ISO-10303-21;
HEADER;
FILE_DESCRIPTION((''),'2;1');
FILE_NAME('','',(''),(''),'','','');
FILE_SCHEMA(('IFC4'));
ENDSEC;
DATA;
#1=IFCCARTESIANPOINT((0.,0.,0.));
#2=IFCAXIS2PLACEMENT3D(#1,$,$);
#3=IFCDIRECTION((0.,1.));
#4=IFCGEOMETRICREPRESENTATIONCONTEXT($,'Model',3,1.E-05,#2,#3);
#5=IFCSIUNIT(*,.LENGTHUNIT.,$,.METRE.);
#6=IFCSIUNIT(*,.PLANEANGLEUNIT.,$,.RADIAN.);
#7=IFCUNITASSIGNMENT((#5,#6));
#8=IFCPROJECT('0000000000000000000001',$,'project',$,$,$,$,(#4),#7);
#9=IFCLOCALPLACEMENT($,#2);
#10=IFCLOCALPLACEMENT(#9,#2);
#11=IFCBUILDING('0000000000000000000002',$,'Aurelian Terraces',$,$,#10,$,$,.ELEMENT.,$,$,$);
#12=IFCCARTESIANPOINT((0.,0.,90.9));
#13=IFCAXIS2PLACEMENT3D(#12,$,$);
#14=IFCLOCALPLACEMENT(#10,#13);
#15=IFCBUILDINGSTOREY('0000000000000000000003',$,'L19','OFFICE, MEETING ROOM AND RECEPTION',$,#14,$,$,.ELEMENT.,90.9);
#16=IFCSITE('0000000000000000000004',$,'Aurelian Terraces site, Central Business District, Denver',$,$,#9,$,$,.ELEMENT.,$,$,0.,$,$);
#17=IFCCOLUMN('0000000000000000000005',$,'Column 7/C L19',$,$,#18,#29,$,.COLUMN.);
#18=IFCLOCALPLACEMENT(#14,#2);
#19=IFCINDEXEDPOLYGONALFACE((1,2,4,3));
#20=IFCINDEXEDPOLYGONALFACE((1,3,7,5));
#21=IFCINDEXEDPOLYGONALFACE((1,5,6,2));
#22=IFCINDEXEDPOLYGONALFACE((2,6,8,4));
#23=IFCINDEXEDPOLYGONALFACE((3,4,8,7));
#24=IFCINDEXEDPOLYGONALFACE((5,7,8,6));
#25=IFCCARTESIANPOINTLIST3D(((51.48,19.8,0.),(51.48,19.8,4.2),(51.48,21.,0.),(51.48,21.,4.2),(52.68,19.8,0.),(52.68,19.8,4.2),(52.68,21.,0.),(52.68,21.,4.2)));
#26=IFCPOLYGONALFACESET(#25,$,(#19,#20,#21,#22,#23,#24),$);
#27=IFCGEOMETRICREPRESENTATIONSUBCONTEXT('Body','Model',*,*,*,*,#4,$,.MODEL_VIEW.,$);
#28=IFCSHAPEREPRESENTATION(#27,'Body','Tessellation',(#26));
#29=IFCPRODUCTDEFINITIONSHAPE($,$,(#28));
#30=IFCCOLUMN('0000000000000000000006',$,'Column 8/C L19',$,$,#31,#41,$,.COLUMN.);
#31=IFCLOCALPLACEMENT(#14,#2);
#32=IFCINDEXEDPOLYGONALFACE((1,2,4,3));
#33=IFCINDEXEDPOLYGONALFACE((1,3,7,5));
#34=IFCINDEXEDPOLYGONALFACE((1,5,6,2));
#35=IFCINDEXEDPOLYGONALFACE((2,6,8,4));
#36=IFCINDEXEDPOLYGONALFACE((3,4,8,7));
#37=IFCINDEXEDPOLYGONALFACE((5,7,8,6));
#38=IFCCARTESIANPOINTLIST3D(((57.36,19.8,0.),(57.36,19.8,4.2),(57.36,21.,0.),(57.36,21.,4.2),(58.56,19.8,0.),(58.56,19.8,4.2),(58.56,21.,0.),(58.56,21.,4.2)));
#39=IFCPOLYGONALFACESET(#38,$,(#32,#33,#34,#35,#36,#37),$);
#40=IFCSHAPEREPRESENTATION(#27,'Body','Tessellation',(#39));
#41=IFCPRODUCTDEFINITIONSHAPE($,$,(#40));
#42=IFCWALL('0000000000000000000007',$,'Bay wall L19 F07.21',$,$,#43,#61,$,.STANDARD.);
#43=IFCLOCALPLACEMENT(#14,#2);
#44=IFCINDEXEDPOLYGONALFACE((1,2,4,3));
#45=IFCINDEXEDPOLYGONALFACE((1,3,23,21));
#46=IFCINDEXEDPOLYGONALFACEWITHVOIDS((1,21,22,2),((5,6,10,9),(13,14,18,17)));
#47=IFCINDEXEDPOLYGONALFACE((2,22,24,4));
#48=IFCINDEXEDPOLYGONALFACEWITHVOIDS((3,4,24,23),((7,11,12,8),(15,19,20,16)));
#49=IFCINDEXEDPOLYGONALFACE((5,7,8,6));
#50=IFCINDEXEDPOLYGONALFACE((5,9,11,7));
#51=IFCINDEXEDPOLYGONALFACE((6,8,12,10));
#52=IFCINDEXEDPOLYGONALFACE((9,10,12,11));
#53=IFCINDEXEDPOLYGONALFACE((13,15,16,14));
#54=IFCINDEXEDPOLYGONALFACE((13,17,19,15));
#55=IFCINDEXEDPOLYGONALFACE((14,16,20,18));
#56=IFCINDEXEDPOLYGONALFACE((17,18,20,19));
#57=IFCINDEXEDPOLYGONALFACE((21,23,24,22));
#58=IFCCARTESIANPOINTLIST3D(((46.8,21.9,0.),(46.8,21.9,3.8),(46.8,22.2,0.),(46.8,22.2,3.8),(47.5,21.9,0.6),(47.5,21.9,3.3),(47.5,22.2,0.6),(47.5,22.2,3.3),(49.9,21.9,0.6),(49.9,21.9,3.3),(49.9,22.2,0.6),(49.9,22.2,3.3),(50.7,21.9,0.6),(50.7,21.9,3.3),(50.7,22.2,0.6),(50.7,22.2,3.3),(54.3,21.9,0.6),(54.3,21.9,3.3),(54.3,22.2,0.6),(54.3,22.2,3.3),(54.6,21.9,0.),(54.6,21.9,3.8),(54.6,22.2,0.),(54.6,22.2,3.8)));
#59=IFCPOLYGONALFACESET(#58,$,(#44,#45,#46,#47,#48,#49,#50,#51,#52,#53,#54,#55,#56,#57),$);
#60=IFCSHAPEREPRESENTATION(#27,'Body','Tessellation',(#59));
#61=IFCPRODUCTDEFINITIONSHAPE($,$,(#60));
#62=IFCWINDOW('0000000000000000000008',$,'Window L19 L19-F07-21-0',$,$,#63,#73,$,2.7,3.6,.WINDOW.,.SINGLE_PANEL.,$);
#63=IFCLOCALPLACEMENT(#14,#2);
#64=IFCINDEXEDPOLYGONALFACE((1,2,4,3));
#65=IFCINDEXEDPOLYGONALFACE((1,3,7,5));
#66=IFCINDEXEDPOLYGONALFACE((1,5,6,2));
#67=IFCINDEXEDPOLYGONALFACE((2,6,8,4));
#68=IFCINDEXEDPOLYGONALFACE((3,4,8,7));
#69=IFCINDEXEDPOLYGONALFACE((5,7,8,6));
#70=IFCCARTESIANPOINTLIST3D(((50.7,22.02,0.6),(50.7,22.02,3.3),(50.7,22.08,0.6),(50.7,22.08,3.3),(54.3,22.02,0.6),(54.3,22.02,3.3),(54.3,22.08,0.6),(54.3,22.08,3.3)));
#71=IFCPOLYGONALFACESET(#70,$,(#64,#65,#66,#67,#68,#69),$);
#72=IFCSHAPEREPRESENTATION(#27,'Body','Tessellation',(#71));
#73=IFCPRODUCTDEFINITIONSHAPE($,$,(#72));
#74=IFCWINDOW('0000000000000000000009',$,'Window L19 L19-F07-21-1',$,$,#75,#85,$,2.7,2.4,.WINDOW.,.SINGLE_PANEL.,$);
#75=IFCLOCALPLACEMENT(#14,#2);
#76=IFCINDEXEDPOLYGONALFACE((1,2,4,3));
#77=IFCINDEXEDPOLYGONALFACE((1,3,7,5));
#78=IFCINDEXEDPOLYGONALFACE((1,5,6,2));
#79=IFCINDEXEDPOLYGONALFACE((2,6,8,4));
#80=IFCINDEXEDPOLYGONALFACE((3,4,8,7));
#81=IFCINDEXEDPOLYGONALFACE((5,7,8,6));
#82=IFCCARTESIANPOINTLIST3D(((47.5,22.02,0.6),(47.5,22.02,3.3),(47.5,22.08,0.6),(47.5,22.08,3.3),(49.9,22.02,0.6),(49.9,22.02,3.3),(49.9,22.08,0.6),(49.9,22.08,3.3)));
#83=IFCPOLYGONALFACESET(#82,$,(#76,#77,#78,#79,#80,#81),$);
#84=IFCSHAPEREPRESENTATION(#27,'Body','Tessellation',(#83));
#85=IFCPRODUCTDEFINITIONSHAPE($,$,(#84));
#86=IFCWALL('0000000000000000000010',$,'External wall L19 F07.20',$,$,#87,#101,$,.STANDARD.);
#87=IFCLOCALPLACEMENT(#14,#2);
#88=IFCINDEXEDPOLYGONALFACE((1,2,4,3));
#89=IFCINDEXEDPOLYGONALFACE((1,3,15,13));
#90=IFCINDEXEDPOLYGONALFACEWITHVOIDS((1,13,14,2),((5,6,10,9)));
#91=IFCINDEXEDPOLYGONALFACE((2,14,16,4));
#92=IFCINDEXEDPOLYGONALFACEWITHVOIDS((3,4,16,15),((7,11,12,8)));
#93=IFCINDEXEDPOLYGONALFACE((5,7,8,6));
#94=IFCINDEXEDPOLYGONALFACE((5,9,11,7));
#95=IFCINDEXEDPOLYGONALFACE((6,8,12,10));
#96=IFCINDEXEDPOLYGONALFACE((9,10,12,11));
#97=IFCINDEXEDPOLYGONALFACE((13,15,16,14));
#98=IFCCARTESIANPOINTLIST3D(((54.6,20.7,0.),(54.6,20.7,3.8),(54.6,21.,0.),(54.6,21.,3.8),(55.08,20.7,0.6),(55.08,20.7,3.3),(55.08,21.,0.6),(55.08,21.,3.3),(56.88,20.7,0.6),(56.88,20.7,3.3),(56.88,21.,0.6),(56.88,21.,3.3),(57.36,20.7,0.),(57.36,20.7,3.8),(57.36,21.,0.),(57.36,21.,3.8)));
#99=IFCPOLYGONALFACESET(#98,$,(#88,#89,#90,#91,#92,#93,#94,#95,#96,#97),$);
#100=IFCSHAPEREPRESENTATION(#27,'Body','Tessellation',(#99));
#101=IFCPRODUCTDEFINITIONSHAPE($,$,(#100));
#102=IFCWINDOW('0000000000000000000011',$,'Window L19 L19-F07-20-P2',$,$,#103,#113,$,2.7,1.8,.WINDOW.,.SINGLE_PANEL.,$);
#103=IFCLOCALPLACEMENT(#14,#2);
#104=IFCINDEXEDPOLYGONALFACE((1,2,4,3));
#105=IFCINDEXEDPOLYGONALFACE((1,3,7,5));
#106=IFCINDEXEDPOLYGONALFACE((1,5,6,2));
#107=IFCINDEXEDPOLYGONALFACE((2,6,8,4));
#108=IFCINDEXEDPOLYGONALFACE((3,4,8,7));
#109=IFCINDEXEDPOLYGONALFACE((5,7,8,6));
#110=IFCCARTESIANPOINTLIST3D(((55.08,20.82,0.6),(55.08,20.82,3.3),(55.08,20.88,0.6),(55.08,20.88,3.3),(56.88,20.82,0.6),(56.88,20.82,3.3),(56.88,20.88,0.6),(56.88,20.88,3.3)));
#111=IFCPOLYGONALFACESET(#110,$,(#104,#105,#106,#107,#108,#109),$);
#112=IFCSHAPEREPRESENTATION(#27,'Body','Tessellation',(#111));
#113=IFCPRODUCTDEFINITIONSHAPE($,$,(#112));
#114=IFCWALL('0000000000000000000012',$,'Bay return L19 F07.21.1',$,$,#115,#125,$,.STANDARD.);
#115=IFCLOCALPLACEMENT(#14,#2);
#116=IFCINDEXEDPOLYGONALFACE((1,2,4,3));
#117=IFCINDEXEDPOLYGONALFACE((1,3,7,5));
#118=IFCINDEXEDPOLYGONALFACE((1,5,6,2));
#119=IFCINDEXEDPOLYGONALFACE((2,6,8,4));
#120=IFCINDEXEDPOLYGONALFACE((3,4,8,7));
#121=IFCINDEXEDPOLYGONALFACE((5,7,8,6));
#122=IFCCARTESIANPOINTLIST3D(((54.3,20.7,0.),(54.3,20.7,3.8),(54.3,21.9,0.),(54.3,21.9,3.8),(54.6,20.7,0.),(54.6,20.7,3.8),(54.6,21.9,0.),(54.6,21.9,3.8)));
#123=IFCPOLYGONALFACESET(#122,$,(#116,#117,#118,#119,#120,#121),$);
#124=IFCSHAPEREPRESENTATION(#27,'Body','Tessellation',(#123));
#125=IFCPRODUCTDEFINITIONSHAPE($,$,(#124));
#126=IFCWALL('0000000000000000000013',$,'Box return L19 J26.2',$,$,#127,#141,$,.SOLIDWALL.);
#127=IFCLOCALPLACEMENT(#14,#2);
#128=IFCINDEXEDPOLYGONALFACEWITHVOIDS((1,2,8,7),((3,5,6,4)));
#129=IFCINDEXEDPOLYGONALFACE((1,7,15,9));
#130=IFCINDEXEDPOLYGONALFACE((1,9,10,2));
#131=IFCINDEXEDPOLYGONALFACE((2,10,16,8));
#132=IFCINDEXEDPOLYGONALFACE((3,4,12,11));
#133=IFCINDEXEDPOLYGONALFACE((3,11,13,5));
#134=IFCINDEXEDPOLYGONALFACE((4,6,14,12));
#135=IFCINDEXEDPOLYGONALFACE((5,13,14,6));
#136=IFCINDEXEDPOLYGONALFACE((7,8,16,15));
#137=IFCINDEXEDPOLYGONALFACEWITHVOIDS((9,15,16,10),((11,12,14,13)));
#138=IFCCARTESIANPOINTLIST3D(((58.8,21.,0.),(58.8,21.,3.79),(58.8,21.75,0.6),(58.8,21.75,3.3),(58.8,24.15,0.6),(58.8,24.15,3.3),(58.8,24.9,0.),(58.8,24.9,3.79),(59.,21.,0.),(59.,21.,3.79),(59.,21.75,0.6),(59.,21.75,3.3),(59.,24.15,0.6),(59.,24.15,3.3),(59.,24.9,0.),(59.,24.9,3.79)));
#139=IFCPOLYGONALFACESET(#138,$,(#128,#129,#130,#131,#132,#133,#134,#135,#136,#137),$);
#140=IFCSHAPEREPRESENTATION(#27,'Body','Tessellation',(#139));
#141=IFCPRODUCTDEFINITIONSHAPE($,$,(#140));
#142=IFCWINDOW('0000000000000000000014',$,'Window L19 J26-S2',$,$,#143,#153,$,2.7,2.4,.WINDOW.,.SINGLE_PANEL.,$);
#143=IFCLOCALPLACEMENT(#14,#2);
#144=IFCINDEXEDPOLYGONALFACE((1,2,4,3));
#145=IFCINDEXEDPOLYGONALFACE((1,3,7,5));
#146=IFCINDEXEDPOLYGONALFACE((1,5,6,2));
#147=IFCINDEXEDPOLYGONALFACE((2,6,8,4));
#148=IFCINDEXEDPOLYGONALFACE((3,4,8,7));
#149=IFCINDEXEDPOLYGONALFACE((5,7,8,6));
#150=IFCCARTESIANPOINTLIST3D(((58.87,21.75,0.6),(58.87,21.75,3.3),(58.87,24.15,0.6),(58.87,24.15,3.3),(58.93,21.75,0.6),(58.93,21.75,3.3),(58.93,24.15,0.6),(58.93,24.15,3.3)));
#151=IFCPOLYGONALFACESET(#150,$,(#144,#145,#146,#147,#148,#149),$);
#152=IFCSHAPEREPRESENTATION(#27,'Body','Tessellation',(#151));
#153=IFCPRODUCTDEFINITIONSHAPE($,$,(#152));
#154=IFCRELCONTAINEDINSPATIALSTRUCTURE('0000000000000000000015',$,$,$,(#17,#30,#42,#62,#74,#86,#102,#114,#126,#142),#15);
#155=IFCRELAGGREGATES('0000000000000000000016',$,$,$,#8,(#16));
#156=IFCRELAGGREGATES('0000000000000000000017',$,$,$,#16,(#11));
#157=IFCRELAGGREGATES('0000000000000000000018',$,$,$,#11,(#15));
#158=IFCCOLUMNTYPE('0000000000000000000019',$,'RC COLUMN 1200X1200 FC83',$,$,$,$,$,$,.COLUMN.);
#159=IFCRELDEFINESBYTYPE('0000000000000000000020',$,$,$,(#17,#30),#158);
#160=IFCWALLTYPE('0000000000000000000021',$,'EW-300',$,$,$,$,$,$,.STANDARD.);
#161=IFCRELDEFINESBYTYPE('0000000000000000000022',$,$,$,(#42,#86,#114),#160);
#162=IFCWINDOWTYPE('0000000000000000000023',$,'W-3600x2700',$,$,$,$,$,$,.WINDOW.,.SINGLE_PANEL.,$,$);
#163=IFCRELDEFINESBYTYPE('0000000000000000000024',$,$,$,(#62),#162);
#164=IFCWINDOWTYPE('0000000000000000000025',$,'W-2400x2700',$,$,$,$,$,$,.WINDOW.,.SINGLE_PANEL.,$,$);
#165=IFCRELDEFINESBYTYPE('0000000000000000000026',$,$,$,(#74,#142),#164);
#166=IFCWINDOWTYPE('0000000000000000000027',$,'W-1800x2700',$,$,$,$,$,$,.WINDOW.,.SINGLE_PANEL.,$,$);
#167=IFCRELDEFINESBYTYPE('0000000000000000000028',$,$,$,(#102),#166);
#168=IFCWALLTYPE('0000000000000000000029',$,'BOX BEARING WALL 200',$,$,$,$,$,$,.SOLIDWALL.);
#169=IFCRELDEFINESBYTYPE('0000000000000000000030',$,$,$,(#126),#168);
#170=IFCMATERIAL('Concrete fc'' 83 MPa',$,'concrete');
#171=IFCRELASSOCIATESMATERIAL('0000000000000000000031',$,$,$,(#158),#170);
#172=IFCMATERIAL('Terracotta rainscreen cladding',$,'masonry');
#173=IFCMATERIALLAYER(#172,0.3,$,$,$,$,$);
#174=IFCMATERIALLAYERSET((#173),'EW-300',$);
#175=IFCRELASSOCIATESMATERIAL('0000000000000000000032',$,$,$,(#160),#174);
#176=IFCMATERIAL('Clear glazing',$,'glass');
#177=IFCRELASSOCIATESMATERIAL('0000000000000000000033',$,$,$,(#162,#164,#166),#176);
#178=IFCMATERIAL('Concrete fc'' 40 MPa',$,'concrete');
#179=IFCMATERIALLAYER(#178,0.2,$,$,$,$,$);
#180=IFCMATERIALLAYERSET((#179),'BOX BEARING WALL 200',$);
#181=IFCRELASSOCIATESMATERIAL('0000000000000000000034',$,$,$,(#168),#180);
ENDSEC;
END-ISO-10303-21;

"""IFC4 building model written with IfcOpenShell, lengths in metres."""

from ifc_helpers import new_model, si_unit, direction, frame, frame_2d, origin, origin_2d, place, context, subcontext, project, spatial, rectangle, extrude, source, transform, mapped, material, layer, layer_set, material_profile, profile_set, type_object, element, fill, save


model = new_model("IFC4")

# Units and contexts
model_context = context("Model", 3, precision=1e-05, world=origin(), true_north=direction((0.0, 1.0)))
body_context = subcontext(model_context, "Body", "Model", "MODEL_VIEW")
ifc_project = project(units=[si_unit("LENGTHUNIT", "METRE"), si_unit("PLANEANGLEUNIT", "RADIAN")], contexts=[model_context])

# Site, building, storey
site_placement = place(None, origin())
site = spatial("IfcSite", under=ifc_project, at=site_placement, Name="Aurelian Terraces site, Central Business District, Denver", CompositionType="ELEMENT", RefElevation=0.0)
building_placement = place(site_placement, origin())
building = spatial("IfcBuilding", under=site, at=building_placement, Name="Aurelian Terraces", CompositionType="ELEMENT")
storey_placement = place(building_placement, frame((0.0, 0.0, 90.9)))
storey = spatial("IfcBuildingStorey", under=building, at=storey_placement, Name="L19", Description="OFFICE, MEETING ROOM AND RECEPTION", CompositionType="ELEMENT", Elevation=90.9)

# Columns
ifc_material_1 = material(Name="Concrete fc' 83 MPa", Category="concrete")
ifc_material_profile = material_profile(ifc_material_1, rectangle(XDim=1.2, YDim=1.2, at=origin_2d()))
ifc_profile_set = profile_set([ifc_material_profile], Name="Concrete fc' 83 MPa")
column_type = type_object("IfcColumnType", Name="RC COLUMN 1200X1200 FC83", PredefinedType="COLUMN", material=ifc_profile_set)
shared_shape_1 = source(origin(), body_context, "Body", "SweptSolid", [
    extrude(rectangle(XDim=1.2, YDim=1.2, at=origin_2d()), origin(), (0.0, 0.0, 1.0), 4.2),
])
for number, where, z_axis, x_axis, name in (
    (1, (52.08, 20.4, 0.0), (0.0, 0.0, 1.0), (1.0, 0.0, 0.0), "Column 7/C L19"),
    (2, (57.96, 20.4, 0.0), (0.0, 0.0, 1.0), (1.0, 0.0, 0.0), "Column 8/C L19"),
):
    element("IfcColumn", number, at=place(storey_placement, frame(where, z_axis=z_axis, x_axis=x_axis)), inside=storey, type_object=column_type, Name=name, PredefinedType="COLUMN", context=body_context, shape_type="MappedRepresentation", body=[
        mapped(shared_shape_1, transform((0.0, 0.0, 0.0), scale=1.0)),
    ])

# Wall, openings, windows
ifc_material_2 = material(Name="Terracotta rainscreen cladding", Category="masonry")
ifc_layer_1 = layer(ifc_material_2, 0.3)
ifc_layer_set_1 = layer_set([ifc_layer_1], Name="EW-300")
wall_type_1 = type_object("IfcWallType", Name="EW-300", PredefinedType="STANDARD", material=ifc_layer_set_1)
wall_1_placement = place(storey_placement, frame((54.6, 22.05, 0.0), z_axis=(0.0, 0.0, 1.0), x_axis=(-1.0, 0.0, 0.0)))
wall_1 = element("IfcWall", 3, at=wall_1_placement, inside=storey, type_object=wall_type_1, Name="Bay wall L19 F07.21", PredefinedType="STANDARD", context=body_context, shape_type="SweptSolid", body=[
    extrude(rectangle(XDim=7.8, YDim=0.3, at=frame_2d((3.9, 0.0))), origin(), (0.0, 0.0, 1.0), 3.8),
])
shared_shape_2 = source(origin(), body_context, "Body", "SweptSolid", [
    extrude(rectangle(XDim=3.6, YDim=2.7, at=frame_2d((1.8, 1.35))), frame((0.0, 0.16, 0.0), z_axis=(0.0, -1.0, 0.0), x_axis=(1.0, 0.0, 0.0)), (0.0, 0.0, 1.0), 0.32),
])
opening_1_placement = place(wall_1_placement, frame((0.3, 0.0, 0.6)))
opening_1 = element("IfcOpeningElement", 4, at=opening_1_placement, cuts=wall_1, PredefinedType="OPENING", context=body_context, shape_type="MappedRepresentation", body=[
    mapped(shared_shape_2, transform((0.0, 0.0, 0.0), scale=1.0)),
])
shared_shape_3 = source(origin(), body_context, "Body", "SweptSolid", [
    extrude(rectangle(XDim=2.4, YDim=2.7, at=frame_2d((1.2, 1.35))), frame((0.0, 0.16, 0.0), z_axis=(0.0, -1.0, 0.0), x_axis=(1.0, 0.0, 0.0)), (0.0, 0.0, 1.0), 0.32),
])
opening_2_placement = place(wall_1_placement, frame((4.7, 0.0, 0.6)))
opening_2 = element("IfcOpeningElement", 5, at=opening_2_placement, cuts=wall_1, PredefinedType="OPENING", context=body_context, shape_type="MappedRepresentation", body=[
    mapped(shared_shape_3, transform((0.0, 0.0, 0.0), scale=1.0)),
])
ifc_material_3 = material(Name="Clear glazing", Category="glass")
window_type_1 = type_object("IfcWindowType", Name="W-3600x2700", PartitioningType="SINGLE_PANEL", PredefinedType="WINDOW", material=ifc_material_3)
shared_shape_4 = source(origin(), body_context, "Body", "SweptSolid", [
    extrude(rectangle(XDim=3.6, YDim=2.7, at=frame_2d((1.8, 1.35))), frame((0.0, 0.03, 0.0), z_axis=(0.0, -1.0, 0.0), x_axis=(1.0, 0.0, 0.0)), (0.0, 0.0, 1.0), 0.06),
])
window_1_placement = place(opening_1_placement, origin())
window_1 = element("IfcWindow", 6, at=window_1_placement, inside=storey, type_object=window_type_1, Name="Window L19 L19-F07-21-0", OverallHeight=2.7, OverallWidth=3.6, PartitioningType="SINGLE_PANEL", PredefinedType="WINDOW", context=body_context, shape_type="MappedRepresentation", body=[
    mapped(shared_shape_4, transform((0.0, 0.0, 0.0), scale=1.0)),
])
fill(opening_1, window_1)
window_type_2 = type_object("IfcWindowType", Name="W-2400x2700", PartitioningType="SINGLE_PANEL", PredefinedType="WINDOW", material=ifc_material_3)
shared_shape_5 = source(origin(), body_context, "Body", "SweptSolid", [
    extrude(rectangle(XDim=2.4, YDim=2.7, at=frame_2d((1.2, 1.35))), frame((0.0, 0.03, 0.0), z_axis=(0.0, -1.0, 0.0), x_axis=(1.0, 0.0, 0.0)), (0.0, 0.0, 1.0), 0.06),
])
window_2_placement = place(opening_2_placement, origin())
window_2 = element("IfcWindow", 7, at=window_2_placement, inside=storey, type_object=window_type_2, Name="Window L19 L19-F07-21-1", OverallHeight=2.7, OverallWidth=2.4, PartitioningType="SINGLE_PANEL", PredefinedType="WINDOW", context=body_context, shape_type="MappedRepresentation", body=[
    mapped(shared_shape_5, transform((0.0, 0.0, 0.0), scale=1.0)),
])
fill(opening_2, window_2)

# Wall, opening, window
shared_shape_6 = source(origin(), body_context, "Body", "SweptSolid", [
    extrude(rectangle(XDim=2.76, YDim=0.3, at=frame_2d((1.38, 0.0))), origin(), (0.0, 0.0, 1.0), 3.8),
])
wall_2_placement = place(storey_placement, frame((57.36, 20.85, 0.0), z_axis=(0.0, 0.0, 1.0), x_axis=(-1.0, 0.0, 0.0)))
wall_2 = element("IfcWall", 8, at=wall_2_placement, inside=storey, type_object=wall_type_1, Name="External wall L19 F07.20", PredefinedType="STANDARD", context=body_context, shape_type="MappedRepresentation", body=[
    mapped(shared_shape_6, transform((0.0, 0.0, 0.0), scale=1.0)),
])
shared_shape_7 = source(origin(), body_context, "Body", "SweptSolid", [
    extrude(rectangle(XDim=1.8, YDim=2.7, at=frame_2d((0.9, 1.35))), frame((0.0, 0.16, 0.0), z_axis=(0.0, -1.0, 0.0), x_axis=(1.0, 0.0, 0.0)), (0.0, 0.0, 1.0), 0.32),
])
opening_3_placement = place(wall_2_placement, frame((0.48, 0.0, 0.6)))
opening_3 = element("IfcOpeningElement", 9, at=opening_3_placement, cuts=wall_2, PredefinedType="OPENING", context=body_context, shape_type="MappedRepresentation", body=[
    mapped(shared_shape_7, transform((0.0, 0.0, 0.0), scale=1.0)),
])
window_type_3 = type_object("IfcWindowType", Name="W-1800x2700", PartitioningType="SINGLE_PANEL", PredefinedType="WINDOW", material=ifc_material_3)
shared_shape_8 = source(origin(), body_context, "Body", "SweptSolid", [
    extrude(rectangle(XDim=1.8, YDim=2.7, at=frame_2d((0.9, 1.35))), frame((0.0, 0.03, 0.0), z_axis=(0.0, -1.0, 0.0), x_axis=(1.0, 0.0, 0.0)), (0.0, 0.0, 1.0), 0.06),
])
window_3_placement = place(opening_3_placement, origin())
window_3 = element("IfcWindow", 10, at=window_3_placement, inside=storey, type_object=window_type_3, Name="Window L19 L19-F07-20-P2", OverallHeight=2.7, OverallWidth=1.8, PartitioningType="SINGLE_PANEL", PredefinedType="WINDOW", context=body_context, shape_type="MappedRepresentation", body=[
    mapped(shared_shape_8, transform((0.0, 0.0, 0.0), scale=1.0)),
])
fill(opening_3, window_3)

# Wall
shared_shape_9 = source(origin(), body_context, "Body", "SweptSolid", [
    extrude(rectangle(XDim=1.2, YDim=0.3, at=frame_2d((0.6, 0.0))), origin(), (0.0, 0.0, 1.0), 3.8),
])
wall_3_placement = place(storey_placement, frame((54.45, 20.7, 0.0), z_axis=(0.0, 0.0, 1.0), x_axis=(0.0, 1.0, 0.0)))
element("IfcWall", 11, at=wall_3_placement, inside=storey, type_object=wall_type_1, Name="Bay return L19 F07.21.1", PredefinedType="STANDARD", context=body_context, shape_type="MappedRepresentation", body=[
    mapped(shared_shape_9, transform((0.0, 0.0, 0.0), scale=1.0)),
])

# Wall, opening, window
ifc_material_4 = material(Name="Concrete fc' 40 MPa", Category="concrete")
ifc_layer_2 = layer(ifc_material_4, 0.2)
ifc_layer_set_2 = layer_set([ifc_layer_2], Name="BOX BEARING WALL 200")
wall_type_2 = type_object("IfcWallType", Name="BOX BEARING WALL 200", PredefinedType="SOLIDWALL", material=ifc_layer_set_2)
shared_shape_10 = source(origin(), body_context, "Body", "SweptSolid", [
    extrude(rectangle(XDim=3.9, YDim=0.2, at=frame_2d((1.95, 0.0))), origin(), (0.0, 0.0, 1.0), 3.79),
])
wall_4_placement = place(storey_placement, frame((58.9, 21.0, 0.0), z_axis=(0.0, 0.0, 1.0), x_axis=(0.0, 1.0, 0.0)))
wall_4 = element("IfcWall", 12, at=wall_4_placement, inside=storey, type_object=wall_type_2, Name="Box return L19 J26.2", PredefinedType="SOLIDWALL", context=body_context, shape_type="MappedRepresentation", body=[
    mapped(shared_shape_10, transform((0.0, 0.0, 0.0), scale=1.0)),
])
shared_shape_11 = source(origin(), body_context, "Body", "SweptSolid", [
    extrude(rectangle(XDim=2.4, YDim=2.7, at=frame_2d((1.2, 1.35))), frame((0.0, 0.11, 0.0), z_axis=(0.0, -1.0, 0.0), x_axis=(1.0, 0.0, 0.0)), (0.0, 0.0, 1.0), 0.22),
])
opening_4_placement = place(wall_4_placement, frame((0.75, 0.0, 0.6)))
opening_4 = element("IfcOpeningElement", 13, at=opening_4_placement, cuts=wall_4, PredefinedType="OPENING", context=body_context, shape_type="MappedRepresentation", body=[
    mapped(shared_shape_11, transform((0.0, 0.0, 0.0), scale=1.0)),
])
window_4_placement = place(opening_4_placement, origin())
window_4 = element("IfcWindow", 14, at=window_4_placement, inside=storey, type_object=window_type_2, Name="Window L19 J26-S2", OverallHeight=2.7, OverallWidth=2.4, PartitioningType="SINGLE_PANEL", PredefinedType="WINDOW", context=body_context, shape_type="MappedRepresentation", body=[
    mapped(shared_shape_5, transform((0.0, 0.0, 0.0), scale=1.0)),
])
fill(opening_4, window_4)

save(model, "model.ifc")
